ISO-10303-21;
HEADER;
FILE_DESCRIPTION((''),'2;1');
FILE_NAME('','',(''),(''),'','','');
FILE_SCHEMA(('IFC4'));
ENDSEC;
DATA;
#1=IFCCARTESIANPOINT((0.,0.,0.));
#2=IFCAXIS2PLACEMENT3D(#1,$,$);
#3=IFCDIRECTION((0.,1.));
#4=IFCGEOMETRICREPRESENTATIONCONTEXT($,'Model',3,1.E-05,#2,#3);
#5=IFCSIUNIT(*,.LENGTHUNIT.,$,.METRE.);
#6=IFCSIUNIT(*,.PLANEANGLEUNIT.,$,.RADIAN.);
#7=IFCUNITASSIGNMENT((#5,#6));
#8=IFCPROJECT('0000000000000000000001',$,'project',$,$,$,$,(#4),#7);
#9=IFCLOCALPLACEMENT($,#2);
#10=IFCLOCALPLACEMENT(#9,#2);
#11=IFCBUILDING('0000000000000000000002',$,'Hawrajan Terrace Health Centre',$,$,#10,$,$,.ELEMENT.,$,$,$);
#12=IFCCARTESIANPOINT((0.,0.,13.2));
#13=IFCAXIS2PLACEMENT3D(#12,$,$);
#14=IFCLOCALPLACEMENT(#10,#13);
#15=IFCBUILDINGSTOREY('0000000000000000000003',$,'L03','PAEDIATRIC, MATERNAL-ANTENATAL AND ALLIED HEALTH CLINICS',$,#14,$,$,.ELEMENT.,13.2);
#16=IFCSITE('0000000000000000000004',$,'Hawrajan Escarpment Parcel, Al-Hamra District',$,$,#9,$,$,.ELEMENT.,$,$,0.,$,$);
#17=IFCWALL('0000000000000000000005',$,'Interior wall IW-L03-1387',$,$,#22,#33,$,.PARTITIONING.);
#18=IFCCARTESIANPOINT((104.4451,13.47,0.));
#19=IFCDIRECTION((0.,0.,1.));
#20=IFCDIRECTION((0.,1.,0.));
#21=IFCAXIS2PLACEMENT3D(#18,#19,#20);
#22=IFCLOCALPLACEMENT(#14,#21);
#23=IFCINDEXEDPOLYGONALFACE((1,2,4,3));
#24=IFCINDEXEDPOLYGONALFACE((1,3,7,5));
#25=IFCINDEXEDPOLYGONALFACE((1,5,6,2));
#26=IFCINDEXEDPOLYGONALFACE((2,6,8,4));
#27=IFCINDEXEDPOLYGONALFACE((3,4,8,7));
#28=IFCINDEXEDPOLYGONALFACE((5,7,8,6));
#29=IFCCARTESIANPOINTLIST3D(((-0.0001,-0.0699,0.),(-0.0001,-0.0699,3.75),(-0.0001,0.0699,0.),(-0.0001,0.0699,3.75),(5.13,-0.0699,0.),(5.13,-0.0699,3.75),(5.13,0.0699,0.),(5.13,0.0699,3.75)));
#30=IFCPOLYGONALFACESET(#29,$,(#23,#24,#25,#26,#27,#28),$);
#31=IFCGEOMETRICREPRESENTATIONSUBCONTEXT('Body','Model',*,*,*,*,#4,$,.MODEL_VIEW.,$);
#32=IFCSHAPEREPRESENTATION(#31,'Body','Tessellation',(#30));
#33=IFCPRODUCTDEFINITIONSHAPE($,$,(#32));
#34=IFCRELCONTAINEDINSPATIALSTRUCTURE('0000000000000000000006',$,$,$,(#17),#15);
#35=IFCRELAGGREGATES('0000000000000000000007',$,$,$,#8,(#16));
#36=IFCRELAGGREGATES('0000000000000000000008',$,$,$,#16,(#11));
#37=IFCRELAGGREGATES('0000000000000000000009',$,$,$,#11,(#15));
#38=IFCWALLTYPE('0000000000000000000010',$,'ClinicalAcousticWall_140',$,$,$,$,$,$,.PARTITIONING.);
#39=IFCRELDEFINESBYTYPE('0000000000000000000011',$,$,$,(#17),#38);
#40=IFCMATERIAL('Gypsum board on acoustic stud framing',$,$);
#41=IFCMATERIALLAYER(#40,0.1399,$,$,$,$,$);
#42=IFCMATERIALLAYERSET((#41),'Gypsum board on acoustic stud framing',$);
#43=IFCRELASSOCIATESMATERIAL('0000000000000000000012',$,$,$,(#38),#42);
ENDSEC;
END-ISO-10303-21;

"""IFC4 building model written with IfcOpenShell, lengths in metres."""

from ifc_helpers import new_model, si_unit, direction, frame, frame_2d, origin, place, context, subcontext, project, spatial, rectangle, extrude, material, layer, layer_set, type_object, element, save


model = new_model("IFC4")

# Units and contexts
model_context = context("Model", 3, precision=1e-05, world=origin(), true_north=direction((0.0, 1.0)))
body_context = subcontext(model_context, "Body", "Model", "MODEL_VIEW")
ifc_project = project(units=[si_unit("LENGTHUNIT", "METRE"), si_unit("PLANEANGLEUNIT", "RADIAN")], contexts=[model_context])

# Site, building, storey
site_placement = place(None, origin())
site = spatial("IfcSite", under=ifc_project, at=site_placement, Name="Hawrajan Escarpment Parcel, Al-Hamra District", CompositionType="ELEMENT", RefElevation=0.0)
building_placement = place(site_placement, origin())
building = spatial("IfcBuilding", under=site, at=building_placement, Name="Hawrajan Terrace Health Centre", CompositionType="ELEMENT")
storey_placement = place(building_placement, frame((0.0, 0.0, 13.2)))
storey = spatial("IfcBuildingStorey", under=building, at=storey_placement, Name="L03", Description="PAEDIATRIC, MATERNAL-ANTENATAL AND ALLIED HEALTH CLINICS", CompositionType="ELEMENT", Elevation=13.2)

# Shared definitions
ifc_material_1 = material(Name="Gypsum board on acoustic stud framing")
ifc_layer_1 = layer(ifc_material_1, 0.1399)
ifc_layer_set_1 = layer_set([ifc_layer_1], Name="Gypsum board on acoustic stud framing")
wall_type = type_object("IfcWallType", Name="ClinicalAcousticWall_140", PredefinedType="PARTITIONING", material=ifc_layer_set_1)

# Wall
wall_1_placement = place(storey_placement, frame((104.4451, 13.47, 0.0), z_axis=(0.0, 0.0, 1.0), x_axis=(0.0, 1.0, 0.0)))
element("IfcWall", 1, at=wall_1_placement, inside=storey, type_object=wall_type, Name="Interior wall IW-L03-1387", PredefinedType="PARTITIONING", context=body_context, shape_type="SweptSolid", body=[
    extrude(rectangle(XDim=5.1301, YDim=0.1399, at=frame_2d((2.5649, 0.0))), origin(), (0.0, 0.0, 1.0), 3.75),
])

save(model, "model.ifc")
